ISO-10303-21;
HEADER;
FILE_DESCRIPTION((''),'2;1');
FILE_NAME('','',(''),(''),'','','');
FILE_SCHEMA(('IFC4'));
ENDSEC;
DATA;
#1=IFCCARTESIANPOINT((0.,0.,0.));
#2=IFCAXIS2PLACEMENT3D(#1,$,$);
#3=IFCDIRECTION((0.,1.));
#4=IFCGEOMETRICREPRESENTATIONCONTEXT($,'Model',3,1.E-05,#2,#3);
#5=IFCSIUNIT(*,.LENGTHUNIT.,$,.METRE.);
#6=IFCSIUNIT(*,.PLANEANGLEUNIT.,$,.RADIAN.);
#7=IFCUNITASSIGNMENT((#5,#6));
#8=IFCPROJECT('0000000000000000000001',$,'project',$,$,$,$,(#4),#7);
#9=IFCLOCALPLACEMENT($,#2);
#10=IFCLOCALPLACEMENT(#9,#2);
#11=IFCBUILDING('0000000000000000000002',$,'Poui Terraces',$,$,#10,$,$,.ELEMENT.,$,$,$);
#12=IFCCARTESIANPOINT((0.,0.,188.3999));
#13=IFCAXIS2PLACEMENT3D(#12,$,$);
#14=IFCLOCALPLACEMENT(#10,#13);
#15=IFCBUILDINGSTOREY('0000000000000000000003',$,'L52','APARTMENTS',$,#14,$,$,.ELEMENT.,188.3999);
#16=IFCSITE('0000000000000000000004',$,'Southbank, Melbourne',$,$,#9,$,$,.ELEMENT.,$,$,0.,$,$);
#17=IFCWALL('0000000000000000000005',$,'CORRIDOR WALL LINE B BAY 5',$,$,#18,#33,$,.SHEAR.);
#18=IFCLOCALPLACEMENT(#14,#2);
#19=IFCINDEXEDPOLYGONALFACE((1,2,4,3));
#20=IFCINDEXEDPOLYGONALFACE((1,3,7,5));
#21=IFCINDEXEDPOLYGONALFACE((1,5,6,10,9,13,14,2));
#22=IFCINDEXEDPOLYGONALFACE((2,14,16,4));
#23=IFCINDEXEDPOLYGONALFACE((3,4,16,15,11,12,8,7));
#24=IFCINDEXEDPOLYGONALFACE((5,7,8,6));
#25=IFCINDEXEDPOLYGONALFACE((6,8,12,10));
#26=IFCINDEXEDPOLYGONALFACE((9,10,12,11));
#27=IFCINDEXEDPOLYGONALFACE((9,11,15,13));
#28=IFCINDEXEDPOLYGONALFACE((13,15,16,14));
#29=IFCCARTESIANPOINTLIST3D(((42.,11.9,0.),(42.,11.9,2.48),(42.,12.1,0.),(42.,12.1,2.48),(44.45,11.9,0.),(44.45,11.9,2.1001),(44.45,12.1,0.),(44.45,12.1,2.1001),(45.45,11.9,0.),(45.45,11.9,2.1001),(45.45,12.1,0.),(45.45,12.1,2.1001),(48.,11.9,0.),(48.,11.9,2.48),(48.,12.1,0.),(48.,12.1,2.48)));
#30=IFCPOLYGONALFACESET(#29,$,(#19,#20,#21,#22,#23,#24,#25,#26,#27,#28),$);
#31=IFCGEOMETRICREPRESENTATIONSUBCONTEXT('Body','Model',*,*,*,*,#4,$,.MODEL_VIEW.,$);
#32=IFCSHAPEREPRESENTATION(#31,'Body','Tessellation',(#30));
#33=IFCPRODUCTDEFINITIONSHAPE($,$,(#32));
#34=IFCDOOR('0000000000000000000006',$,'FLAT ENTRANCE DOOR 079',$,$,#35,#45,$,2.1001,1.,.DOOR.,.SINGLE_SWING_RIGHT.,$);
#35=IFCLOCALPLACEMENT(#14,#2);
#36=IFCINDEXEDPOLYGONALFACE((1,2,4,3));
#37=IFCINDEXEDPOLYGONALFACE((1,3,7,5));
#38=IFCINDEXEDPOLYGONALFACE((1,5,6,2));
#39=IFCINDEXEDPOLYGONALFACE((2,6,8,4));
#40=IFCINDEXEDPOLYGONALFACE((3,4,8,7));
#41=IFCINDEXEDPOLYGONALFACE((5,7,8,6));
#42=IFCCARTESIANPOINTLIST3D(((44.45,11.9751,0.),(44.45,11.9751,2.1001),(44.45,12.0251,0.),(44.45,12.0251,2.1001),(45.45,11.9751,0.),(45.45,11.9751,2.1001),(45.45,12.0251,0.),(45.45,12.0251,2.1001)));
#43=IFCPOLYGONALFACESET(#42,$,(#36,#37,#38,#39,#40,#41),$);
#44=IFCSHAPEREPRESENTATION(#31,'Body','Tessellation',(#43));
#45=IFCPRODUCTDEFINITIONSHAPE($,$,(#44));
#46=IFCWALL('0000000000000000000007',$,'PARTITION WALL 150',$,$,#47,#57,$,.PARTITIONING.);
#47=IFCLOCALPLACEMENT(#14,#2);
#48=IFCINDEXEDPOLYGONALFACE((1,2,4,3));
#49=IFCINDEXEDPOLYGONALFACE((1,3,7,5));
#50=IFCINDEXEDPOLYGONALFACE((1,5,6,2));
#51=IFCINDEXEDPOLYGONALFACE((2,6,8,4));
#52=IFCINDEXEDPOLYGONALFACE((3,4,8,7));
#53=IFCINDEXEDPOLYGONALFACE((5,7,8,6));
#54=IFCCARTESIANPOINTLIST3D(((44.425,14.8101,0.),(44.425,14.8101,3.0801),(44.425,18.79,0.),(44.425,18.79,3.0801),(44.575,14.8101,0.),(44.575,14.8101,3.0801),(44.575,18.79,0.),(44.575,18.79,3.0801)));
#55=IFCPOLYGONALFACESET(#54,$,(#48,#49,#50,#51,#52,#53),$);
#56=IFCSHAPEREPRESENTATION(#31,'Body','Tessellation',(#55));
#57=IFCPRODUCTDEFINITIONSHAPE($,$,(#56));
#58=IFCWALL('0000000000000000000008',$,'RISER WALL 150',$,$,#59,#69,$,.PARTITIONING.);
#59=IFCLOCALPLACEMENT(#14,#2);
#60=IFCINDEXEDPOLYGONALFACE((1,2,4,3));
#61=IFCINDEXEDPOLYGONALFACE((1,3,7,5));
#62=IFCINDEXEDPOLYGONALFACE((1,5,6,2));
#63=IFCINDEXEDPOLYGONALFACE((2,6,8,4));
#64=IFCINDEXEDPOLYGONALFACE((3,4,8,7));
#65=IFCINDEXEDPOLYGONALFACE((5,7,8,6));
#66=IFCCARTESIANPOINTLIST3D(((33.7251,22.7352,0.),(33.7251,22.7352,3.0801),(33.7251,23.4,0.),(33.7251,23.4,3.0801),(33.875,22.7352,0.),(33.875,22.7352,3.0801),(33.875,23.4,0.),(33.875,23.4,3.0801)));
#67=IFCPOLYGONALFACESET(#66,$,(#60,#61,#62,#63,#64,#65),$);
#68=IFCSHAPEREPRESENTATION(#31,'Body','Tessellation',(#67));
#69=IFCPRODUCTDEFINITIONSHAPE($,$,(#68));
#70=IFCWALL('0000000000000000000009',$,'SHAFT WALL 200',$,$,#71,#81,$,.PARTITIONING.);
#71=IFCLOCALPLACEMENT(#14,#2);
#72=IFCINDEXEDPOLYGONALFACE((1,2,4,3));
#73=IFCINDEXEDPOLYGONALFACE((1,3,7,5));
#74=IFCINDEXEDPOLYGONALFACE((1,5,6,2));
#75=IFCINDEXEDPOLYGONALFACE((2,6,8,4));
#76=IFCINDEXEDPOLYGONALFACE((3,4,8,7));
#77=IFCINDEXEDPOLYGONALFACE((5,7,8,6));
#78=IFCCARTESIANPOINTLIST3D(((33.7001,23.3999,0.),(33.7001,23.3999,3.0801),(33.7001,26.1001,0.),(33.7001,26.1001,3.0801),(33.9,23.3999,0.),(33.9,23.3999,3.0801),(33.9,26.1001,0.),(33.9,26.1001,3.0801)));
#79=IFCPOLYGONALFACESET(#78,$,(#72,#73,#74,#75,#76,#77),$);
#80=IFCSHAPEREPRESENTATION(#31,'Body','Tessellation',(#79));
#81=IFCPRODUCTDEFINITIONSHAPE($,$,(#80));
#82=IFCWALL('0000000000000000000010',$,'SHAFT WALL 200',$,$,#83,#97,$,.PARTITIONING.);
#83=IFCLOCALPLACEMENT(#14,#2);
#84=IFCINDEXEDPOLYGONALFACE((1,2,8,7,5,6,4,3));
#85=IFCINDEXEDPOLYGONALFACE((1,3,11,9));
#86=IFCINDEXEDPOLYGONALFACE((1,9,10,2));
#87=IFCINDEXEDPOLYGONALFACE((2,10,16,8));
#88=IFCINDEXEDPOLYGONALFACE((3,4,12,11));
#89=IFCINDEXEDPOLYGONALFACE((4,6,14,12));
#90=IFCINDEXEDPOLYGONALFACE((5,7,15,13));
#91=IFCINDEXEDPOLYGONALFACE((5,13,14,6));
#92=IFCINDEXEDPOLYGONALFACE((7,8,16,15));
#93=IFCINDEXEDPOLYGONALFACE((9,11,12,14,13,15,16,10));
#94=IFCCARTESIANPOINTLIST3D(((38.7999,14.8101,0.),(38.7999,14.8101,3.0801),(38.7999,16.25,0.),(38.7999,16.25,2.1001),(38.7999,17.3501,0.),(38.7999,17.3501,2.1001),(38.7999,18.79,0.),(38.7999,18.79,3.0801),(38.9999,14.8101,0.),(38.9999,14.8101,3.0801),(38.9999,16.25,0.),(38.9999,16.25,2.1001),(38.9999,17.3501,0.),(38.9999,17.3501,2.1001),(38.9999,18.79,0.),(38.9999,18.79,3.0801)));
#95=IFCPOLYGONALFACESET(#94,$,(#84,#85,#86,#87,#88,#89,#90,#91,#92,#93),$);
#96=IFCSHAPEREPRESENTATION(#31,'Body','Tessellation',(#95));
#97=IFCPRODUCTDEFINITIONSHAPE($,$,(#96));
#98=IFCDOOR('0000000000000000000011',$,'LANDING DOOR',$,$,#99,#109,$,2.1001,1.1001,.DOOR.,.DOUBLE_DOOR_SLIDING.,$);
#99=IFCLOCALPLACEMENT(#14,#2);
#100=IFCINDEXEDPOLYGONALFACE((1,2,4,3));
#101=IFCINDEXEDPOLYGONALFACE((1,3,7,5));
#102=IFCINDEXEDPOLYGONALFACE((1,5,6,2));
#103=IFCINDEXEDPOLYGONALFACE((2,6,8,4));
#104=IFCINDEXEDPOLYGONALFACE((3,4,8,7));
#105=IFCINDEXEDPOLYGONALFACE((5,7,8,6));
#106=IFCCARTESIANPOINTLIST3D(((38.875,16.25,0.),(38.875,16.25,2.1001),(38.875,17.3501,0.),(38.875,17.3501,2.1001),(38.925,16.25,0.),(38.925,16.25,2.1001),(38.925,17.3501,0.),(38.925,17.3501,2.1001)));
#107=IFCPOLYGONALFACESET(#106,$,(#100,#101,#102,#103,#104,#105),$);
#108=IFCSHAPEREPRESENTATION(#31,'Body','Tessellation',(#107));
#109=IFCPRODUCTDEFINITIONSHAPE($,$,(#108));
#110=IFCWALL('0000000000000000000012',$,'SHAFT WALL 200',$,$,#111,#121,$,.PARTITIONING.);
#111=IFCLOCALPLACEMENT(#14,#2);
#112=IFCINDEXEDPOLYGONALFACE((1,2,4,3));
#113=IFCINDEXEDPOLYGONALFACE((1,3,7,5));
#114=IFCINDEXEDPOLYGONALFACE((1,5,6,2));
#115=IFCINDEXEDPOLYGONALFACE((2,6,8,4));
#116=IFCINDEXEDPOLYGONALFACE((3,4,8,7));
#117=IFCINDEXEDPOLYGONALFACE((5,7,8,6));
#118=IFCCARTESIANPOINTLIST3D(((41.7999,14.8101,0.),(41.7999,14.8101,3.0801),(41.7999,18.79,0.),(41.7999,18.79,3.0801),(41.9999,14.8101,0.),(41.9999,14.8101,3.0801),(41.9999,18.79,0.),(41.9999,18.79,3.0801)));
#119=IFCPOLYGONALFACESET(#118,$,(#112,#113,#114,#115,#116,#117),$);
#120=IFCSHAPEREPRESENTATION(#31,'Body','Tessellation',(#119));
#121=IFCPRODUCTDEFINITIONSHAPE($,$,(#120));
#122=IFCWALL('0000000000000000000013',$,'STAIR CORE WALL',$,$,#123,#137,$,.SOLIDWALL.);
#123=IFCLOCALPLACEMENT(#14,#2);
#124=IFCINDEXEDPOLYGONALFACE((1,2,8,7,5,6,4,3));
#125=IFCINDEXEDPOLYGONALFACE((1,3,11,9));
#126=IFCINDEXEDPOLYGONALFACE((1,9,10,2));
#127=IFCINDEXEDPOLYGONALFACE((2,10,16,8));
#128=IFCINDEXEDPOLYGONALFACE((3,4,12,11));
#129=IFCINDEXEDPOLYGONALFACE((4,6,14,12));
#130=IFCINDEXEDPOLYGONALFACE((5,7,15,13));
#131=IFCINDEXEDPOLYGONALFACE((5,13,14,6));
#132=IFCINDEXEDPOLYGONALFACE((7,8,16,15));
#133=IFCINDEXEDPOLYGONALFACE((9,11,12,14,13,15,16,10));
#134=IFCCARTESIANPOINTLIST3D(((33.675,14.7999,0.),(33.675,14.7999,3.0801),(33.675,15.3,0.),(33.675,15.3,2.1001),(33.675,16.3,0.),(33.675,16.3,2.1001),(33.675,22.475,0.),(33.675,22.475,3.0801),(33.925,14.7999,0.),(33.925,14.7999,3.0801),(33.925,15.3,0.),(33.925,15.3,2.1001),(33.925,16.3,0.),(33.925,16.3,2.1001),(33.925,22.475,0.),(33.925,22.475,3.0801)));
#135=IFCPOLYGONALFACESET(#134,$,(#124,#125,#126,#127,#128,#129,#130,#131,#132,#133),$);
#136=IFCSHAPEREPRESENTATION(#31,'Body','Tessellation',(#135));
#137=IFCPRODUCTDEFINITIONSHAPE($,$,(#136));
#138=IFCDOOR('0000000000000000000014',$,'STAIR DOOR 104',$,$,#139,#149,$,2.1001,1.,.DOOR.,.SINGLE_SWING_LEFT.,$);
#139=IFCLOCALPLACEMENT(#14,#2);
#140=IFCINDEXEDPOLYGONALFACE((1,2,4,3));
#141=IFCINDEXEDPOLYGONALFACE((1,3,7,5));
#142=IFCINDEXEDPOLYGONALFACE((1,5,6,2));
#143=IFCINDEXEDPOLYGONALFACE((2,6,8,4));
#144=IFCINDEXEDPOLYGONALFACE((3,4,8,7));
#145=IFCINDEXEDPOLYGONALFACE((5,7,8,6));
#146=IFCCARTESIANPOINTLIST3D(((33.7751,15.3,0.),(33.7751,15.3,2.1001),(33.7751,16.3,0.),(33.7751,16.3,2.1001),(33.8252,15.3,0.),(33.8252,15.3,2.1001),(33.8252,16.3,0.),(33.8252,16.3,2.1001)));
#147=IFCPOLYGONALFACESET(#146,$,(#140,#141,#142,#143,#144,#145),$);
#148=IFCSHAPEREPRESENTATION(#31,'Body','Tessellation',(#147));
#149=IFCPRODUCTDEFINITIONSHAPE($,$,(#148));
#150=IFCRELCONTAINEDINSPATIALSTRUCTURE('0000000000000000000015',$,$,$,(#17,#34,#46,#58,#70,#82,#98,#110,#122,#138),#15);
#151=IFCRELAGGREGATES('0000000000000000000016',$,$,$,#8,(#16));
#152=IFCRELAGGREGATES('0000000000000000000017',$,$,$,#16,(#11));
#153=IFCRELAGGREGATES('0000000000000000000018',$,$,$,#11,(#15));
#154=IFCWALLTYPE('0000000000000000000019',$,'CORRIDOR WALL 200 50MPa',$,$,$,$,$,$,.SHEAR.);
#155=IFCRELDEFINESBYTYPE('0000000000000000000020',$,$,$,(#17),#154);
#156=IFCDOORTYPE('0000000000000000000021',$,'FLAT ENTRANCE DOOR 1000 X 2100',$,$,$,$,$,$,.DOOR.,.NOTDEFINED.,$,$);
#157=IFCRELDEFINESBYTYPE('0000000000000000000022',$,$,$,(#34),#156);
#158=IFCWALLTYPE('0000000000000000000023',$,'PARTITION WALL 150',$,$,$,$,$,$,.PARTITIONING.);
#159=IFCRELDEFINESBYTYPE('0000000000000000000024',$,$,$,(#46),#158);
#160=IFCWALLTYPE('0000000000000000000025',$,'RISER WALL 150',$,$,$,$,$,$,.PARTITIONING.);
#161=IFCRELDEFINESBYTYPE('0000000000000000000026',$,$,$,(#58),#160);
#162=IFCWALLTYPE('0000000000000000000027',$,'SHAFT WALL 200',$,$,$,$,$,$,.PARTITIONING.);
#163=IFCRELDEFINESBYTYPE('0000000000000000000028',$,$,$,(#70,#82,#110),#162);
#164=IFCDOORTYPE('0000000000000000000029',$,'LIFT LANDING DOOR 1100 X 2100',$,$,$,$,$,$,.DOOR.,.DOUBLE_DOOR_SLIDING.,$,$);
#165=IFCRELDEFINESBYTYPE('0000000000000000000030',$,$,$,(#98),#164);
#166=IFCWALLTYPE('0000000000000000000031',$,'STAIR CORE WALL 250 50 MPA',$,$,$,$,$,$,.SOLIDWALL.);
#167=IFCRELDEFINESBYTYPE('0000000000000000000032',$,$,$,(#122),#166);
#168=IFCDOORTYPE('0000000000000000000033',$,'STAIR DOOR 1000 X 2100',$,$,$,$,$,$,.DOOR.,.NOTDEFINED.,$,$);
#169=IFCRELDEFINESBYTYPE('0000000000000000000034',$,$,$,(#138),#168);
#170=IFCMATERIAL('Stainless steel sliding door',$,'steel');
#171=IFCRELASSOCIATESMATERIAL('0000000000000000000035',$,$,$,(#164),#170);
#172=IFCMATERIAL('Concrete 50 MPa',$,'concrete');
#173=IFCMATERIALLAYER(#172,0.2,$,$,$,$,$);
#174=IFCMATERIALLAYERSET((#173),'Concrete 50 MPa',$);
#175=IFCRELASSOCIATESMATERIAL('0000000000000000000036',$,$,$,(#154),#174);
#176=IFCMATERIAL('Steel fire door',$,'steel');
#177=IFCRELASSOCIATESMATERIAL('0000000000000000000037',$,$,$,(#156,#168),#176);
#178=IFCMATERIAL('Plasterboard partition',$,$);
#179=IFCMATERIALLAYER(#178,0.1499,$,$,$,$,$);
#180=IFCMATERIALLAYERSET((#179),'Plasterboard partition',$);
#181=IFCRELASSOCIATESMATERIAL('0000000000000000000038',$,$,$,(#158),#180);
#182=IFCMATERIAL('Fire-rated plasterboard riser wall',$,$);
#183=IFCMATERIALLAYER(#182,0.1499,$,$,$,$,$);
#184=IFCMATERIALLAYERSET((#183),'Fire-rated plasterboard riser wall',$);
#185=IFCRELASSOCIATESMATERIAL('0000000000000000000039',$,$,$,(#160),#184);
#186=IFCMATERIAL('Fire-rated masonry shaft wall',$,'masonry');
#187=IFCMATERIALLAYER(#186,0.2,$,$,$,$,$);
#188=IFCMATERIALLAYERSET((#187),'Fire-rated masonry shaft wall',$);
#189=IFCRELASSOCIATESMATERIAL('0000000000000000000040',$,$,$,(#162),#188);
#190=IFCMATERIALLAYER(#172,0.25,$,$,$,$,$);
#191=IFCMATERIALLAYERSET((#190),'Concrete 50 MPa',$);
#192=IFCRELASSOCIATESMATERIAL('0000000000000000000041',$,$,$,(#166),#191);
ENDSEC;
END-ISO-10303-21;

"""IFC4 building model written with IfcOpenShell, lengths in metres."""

from ifc_helpers import new_model, si_unit, direction, frame, frame_2d, origin, place, context, subcontext, project, spatial, rectangle, extrude, material, layer, layer_set, type_object, element, fill, save


model = new_model("IFC4")

# Units and contexts
model_context = context("Model", 3, precision=1e-05, world=origin(), true_north=direction((0.0, 1.0)))
body_context = subcontext(model_context, "Body", "Model", "MODEL_VIEW")
ifc_project = project(units=[si_unit("LENGTHUNIT", "METRE"), si_unit("PLANEANGLEUNIT", "RADIAN")], contexts=[model_context])

# Site, building, storey
site_placement = place(None, origin())
site = spatial("IfcSite", under=ifc_project, at=site_placement, Name="Southbank, Melbourne", CompositionType="ELEMENT", RefElevation=0.0)
building_placement = place(site_placement, origin())
building = spatial("IfcBuilding", under=site, at=building_placement, Name="Poui Terraces", CompositionType="ELEMENT")
storey_placement = place(building_placement, frame((0.0, 0.0, 188.3999)))
storey = spatial("IfcBuildingStorey", under=building, at=storey_placement, Name="L52", Description="APARTMENTS", CompositionType="ELEMENT", Elevation=188.3999)

# Shared definitions
ifc_material_1 = material(Name="Concrete 50 MPa", Category="concrete")

# Shared definitions
ifc_material_2 = material(Name="Steel fire door", Category="steel")
ifc_material_3 = material(Name="Stainless steel sliding door", Category="steel")
door_type_1 = type_object("IfcDoorType", Name="LIFT LANDING DOOR 1100 X 2100", OperationType="DOUBLE_DOOR_SLIDING", PredefinedType="DOOR", material=ifc_material_3)

# Wall, opening, door
ifc_layer_1 = layer(ifc_material_1, 0.2)
ifc_layer_set_1 = layer_set([ifc_layer_1], Name="Concrete 50 MPa")
wall_type_1 = type_object("IfcWallType", Name="CORRIDOR WALL 200 50MPa", PredefinedType="SHEAR", material=ifc_layer_set_1)
wall_1_placement = place(storey_placement, frame((42.0, 12.0, 0.0), z_axis=(0.0, 0.0, 1.0), x_axis=(1.0, 0.0, 0.0)))
wall_1 = element("IfcWall", 1, at=wall_1_placement, inside=storey, type_object=wall_type_1, Name="CORRIDOR WALL LINE B BAY 5", PredefinedType="SHEAR", context=body_context, shape_type="SweptSolid", body=[
    extrude(rectangle(XDim=6.0, YDim=0.2, at=frame_2d((3.0, 0.0))), origin(), (0.0, 0.0, 1.0), 2.48),
])
opening_1_placement = place(wall_1_placement, frame((2.45, 0.0, 0.0)))
opening_1 = element("IfcOpeningElement", 2, at=opening_1_placement, cuts=wall_1, PredefinedType="OPENING", context=body_context, shape_type="SweptSolid", body=[
    extrude(rectangle(XDim=1.0, YDim=2.1001, at=frame_2d((0.5, 1.05))), frame((0.0, 0.1099, 0.0), z_axis=(0.0, -1.0, 0.0), x_axis=(1.0, 0.0, 0.0)), (0.0, 0.0, 1.0), 0.22),
])
door_type_2 = type_object("IfcDoorType", Name="FLAT ENTRANCE DOOR 1000 X 2100", OperationType="NOTDEFINED", PredefinedType="DOOR", material=ifc_material_2)
door_1_placement = place(opening_1_placement, frame((1.0, 0.0, 0.0), z_axis=(0.0, 0.0, 1.0), x_axis=(-1.0, 0.0, 0.0)))
door_1 = element("IfcDoor", 3, at=door_1_placement, inside=storey, type_object=door_type_2, Name="FLAT ENTRANCE DOOR 079", OperationType="SINGLE_SWING_RIGHT", OverallHeight=2.1001, OverallWidth=1.0, PredefinedType="DOOR", context=body_context, shape_type="SweptSolid", body=[
    extrude(rectangle(XDim=1.0, YDim=2.1001, at=frame_2d((0.5, 1.05))), frame((0.0, 0.0249, 0.0), z_axis=(0.0, -1.0, 0.0), x_axis=(1.0, 0.0, 0.0)), (0.0, 0.0, 1.0), 0.05),
])
fill(opening_1, door_1)

# Walls
ifc_material_4 = material(Name="Plasterboard partition")
ifc_layer_2 = layer(ifc_material_4, 0.1499)
ifc_layer_set_2 = layer_set([ifc_layer_2], Name="Plasterboard partition")
wall_type_2 = type_object("IfcWallType", Name="PARTITION WALL 150", PredefinedType="PARTITIONING", material=ifc_layer_set_2)
wall_2_placement = place(storey_placement, frame((44.5, 14.8101, 0.0), z_axis=(0.0, 0.0, 1.0), x_axis=(0.0, 1.0, 0.0)))
element("IfcWall", 4, at=wall_2_placement, inside=storey, type_object=wall_type_2, Name="PARTITION WALL 150", PredefinedType="PARTITIONING", context=body_context, shape_type="SweptSolid", body=[
    extrude(rectangle(XDim=3.98, YDim=0.1499, at=frame_2d((1.99, 0.0))), origin(), (0.0, 0.0, 1.0), 3.0801),
])
ifc_material_5 = material(Name="Fire-rated plasterboard riser wall")
ifc_layer_3 = layer(ifc_material_5, 0.1499)
ifc_layer_set_3 = layer_set([ifc_layer_3], Name="Fire-rated plasterboard riser wall")
wall_type_3 = type_object("IfcWallType", Name="RISER WALL 150", PredefinedType="PARTITIONING", material=ifc_layer_set_3)
wall_3_placement = place(storey_placement, frame((33.8, 22.7351, 0.0), z_axis=(0.0, 0.0, 1.0), x_axis=(0.0, 1.0, 0.0)))
element("IfcWall", 5, at=wall_3_placement, inside=storey, type_object=wall_type_3, Name="RISER WALL 150", PredefinedType="PARTITIONING", context=body_context, shape_type="SweptSolid", body=[
    extrude(rectangle(XDim=0.6648, YDim=0.1499, at=frame_2d((0.3325, 0.0))), origin(), (0.0, 0.0, 1.0), 3.0801),
])
ifc_material_6 = material(Name="Fire-rated masonry shaft wall", Category="masonry")
ifc_layer_4 = layer(ifc_material_6, 0.2)
ifc_layer_set_4 = layer_set([ifc_layer_4], Name="Fire-rated masonry shaft wall")
wall_type_4 = type_object("IfcWallType", Name="SHAFT WALL 200", PredefinedType="PARTITIONING", material=ifc_layer_set_4)
wall_4_placement = place(storey_placement, frame((33.8, 23.3999, 0.0), z_axis=(0.0, 0.0, 1.0), x_axis=(0.0, 1.0, 0.0)))
element("IfcWall", 6, at=wall_4_placement, inside=storey, type_object=wall_type_4, Name="SHAFT WALL 200", PredefinedType="PARTITIONING", context=body_context, shape_type="SweptSolid", body=[
    extrude(rectangle(XDim=2.7002, YDim=0.2, at=frame_2d((1.3501, 0.0))), origin(), (0.0, 0.0, 1.0), 3.0801),
])

# Wall, opening, door
wall_5_placement = place(storey_placement, frame((38.8999, 14.8101, 0.0), z_axis=(0.0, 0.0, 1.0), x_axis=(0.0, 1.0, 0.0)))
wall_5 = element("IfcWall", 7, at=wall_5_placement, inside=storey, type_object=wall_type_4, Name="SHAFT WALL 200", PredefinedType="PARTITIONING", context=body_context, shape_type="SweptSolid", body=[
    extrude(rectangle(XDim=3.98, YDim=0.2, at=frame_2d((1.99, 0.0))), origin(), (0.0, 0.0, 1.0), 3.0801),
])
opening_2_placement = place(wall_5_placement, frame((1.4399, 0.0, 0.0)))
opening_2 = element("IfcOpeningElement", 8, at=opening_2_placement, cuts=wall_5, PredefinedType="OPENING", context=body_context, shape_type="SweptSolid", body=[
    extrude(rectangle(XDim=1.1001, YDim=2.1001, at=frame_2d((0.55, 1.05))), frame((0.0, 0.1099, 0.0), z_axis=(0.0, -1.0, 0.0), x_axis=(1.0, 0.0, 0.0)), (0.0, 0.0, 1.0), 0.22),
])
door_2_placement = place(opening_2_placement, origin())
door_2 = element("IfcDoor", 9, at=door_2_placement, inside=storey, type_object=door_type_1, Name="LANDING DOOR", OperationType="DOUBLE_DOOR_SLIDING", OverallHeight=2.1001, OverallWidth=1.1001, PredefinedType="DOOR", context=body_context, shape_type="SweptSolid", body=[
    extrude(rectangle(XDim=1.1001, YDim=2.1001, at=frame_2d((0.55, 1.05))), frame((0.0, 0.0249, 0.0), z_axis=(0.0, -1.0, 0.0), x_axis=(1.0, 0.0, 0.0)), (0.0, 0.0, 1.0), 0.05),
])
fill(opening_2, door_2)

# Wall
wall_6_placement = place(storey_placement, frame((41.8999, 14.8101, 0.0), z_axis=(0.0, 0.0, 1.0), x_axis=(0.0, 1.0, 0.0)))
element("IfcWall", 10, at=wall_6_placement, inside=storey, type_object=wall_type_4, Name="SHAFT WALL 200", PredefinedType="PARTITIONING", context=body_context, shape_type="SweptSolid", body=[
    extrude(rectangle(XDim=3.98, YDim=0.2, at=frame_2d((1.99, 0.0))), origin(), (0.0, 0.0, 1.0), 3.0801),
])

# Wall, opening, door
ifc_layer_5 = layer(ifc_material_1, 0.25)
ifc_layer_set_5 = layer_set([ifc_layer_5], Name="Concrete 50 MPa")
wall_type_5 = type_object("IfcWallType", Name="STAIR CORE WALL 250 50 MPA", PredefinedType="SOLIDWALL", material=ifc_layer_set_5)
wall_7_placement = place(storey_placement, frame((33.8, 14.8, 0.0), z_axis=(0.0, 0.0, 1.0), x_axis=(0.0, 1.0, 0.0)))
wall_7 = element("IfcWall", 11, at=wall_7_placement, inside=storey, type_object=wall_type_5, Name="STAIR CORE WALL", PredefinedType="SOLIDWALL", context=body_context, shape_type="SweptSolid", body=[
    extrude(rectangle(XDim=7.675, YDim=0.25, at=frame_2d((3.8374, 0.0))), origin(), (0.0, 0.0, 1.0), 3.0801),
])
opening_3_placement = place(wall_7_placement, frame((0.5, 0.0, 0.0)))
opening_3 = element("IfcOpeningElement", 12, at=opening_3_placement, cuts=wall_7, PredefinedType="OPENING", context=body_context, shape_type="SweptSolid", body=[
    extrude(rectangle(XDim=1.0, YDim=2.1001, at=frame_2d((0.5, 1.05))), frame((0.0, 0.135, 0.0), z_axis=(0.0, -1.0, 0.0), x_axis=(1.0, 0.0, 0.0)), (0.0, 0.0, 1.0), 0.27),
])
door_type_3 = type_object("IfcDoorType", Name="STAIR DOOR 1000 X 2100", OperationType="NOTDEFINED", PredefinedType="DOOR", material=ifc_material_2)
door_3_placement = place(opening_3_placement, origin())
door_3 = element("IfcDoor", 13, at=door_3_placement, inside=storey, type_object=door_type_3, Name="STAIR DOOR 104", OperationType="SINGLE_SWING_LEFT", OverallHeight=2.1001, OverallWidth=1.0, PredefinedType="DOOR", context=body_context, shape_type="SweptSolid", body=[
    extrude(rectangle(XDim=1.0, YDim=2.1001, at=frame_2d((0.5, 1.05))), frame((0.0, 0.0249, 0.0), z_axis=(0.0, -1.0, 0.0), x_axis=(1.0, 0.0, 0.0)), (0.0, 0.0, 1.0), 0.05),
])
fill(opening_3, door_3)

save(model, "model.ifc")
